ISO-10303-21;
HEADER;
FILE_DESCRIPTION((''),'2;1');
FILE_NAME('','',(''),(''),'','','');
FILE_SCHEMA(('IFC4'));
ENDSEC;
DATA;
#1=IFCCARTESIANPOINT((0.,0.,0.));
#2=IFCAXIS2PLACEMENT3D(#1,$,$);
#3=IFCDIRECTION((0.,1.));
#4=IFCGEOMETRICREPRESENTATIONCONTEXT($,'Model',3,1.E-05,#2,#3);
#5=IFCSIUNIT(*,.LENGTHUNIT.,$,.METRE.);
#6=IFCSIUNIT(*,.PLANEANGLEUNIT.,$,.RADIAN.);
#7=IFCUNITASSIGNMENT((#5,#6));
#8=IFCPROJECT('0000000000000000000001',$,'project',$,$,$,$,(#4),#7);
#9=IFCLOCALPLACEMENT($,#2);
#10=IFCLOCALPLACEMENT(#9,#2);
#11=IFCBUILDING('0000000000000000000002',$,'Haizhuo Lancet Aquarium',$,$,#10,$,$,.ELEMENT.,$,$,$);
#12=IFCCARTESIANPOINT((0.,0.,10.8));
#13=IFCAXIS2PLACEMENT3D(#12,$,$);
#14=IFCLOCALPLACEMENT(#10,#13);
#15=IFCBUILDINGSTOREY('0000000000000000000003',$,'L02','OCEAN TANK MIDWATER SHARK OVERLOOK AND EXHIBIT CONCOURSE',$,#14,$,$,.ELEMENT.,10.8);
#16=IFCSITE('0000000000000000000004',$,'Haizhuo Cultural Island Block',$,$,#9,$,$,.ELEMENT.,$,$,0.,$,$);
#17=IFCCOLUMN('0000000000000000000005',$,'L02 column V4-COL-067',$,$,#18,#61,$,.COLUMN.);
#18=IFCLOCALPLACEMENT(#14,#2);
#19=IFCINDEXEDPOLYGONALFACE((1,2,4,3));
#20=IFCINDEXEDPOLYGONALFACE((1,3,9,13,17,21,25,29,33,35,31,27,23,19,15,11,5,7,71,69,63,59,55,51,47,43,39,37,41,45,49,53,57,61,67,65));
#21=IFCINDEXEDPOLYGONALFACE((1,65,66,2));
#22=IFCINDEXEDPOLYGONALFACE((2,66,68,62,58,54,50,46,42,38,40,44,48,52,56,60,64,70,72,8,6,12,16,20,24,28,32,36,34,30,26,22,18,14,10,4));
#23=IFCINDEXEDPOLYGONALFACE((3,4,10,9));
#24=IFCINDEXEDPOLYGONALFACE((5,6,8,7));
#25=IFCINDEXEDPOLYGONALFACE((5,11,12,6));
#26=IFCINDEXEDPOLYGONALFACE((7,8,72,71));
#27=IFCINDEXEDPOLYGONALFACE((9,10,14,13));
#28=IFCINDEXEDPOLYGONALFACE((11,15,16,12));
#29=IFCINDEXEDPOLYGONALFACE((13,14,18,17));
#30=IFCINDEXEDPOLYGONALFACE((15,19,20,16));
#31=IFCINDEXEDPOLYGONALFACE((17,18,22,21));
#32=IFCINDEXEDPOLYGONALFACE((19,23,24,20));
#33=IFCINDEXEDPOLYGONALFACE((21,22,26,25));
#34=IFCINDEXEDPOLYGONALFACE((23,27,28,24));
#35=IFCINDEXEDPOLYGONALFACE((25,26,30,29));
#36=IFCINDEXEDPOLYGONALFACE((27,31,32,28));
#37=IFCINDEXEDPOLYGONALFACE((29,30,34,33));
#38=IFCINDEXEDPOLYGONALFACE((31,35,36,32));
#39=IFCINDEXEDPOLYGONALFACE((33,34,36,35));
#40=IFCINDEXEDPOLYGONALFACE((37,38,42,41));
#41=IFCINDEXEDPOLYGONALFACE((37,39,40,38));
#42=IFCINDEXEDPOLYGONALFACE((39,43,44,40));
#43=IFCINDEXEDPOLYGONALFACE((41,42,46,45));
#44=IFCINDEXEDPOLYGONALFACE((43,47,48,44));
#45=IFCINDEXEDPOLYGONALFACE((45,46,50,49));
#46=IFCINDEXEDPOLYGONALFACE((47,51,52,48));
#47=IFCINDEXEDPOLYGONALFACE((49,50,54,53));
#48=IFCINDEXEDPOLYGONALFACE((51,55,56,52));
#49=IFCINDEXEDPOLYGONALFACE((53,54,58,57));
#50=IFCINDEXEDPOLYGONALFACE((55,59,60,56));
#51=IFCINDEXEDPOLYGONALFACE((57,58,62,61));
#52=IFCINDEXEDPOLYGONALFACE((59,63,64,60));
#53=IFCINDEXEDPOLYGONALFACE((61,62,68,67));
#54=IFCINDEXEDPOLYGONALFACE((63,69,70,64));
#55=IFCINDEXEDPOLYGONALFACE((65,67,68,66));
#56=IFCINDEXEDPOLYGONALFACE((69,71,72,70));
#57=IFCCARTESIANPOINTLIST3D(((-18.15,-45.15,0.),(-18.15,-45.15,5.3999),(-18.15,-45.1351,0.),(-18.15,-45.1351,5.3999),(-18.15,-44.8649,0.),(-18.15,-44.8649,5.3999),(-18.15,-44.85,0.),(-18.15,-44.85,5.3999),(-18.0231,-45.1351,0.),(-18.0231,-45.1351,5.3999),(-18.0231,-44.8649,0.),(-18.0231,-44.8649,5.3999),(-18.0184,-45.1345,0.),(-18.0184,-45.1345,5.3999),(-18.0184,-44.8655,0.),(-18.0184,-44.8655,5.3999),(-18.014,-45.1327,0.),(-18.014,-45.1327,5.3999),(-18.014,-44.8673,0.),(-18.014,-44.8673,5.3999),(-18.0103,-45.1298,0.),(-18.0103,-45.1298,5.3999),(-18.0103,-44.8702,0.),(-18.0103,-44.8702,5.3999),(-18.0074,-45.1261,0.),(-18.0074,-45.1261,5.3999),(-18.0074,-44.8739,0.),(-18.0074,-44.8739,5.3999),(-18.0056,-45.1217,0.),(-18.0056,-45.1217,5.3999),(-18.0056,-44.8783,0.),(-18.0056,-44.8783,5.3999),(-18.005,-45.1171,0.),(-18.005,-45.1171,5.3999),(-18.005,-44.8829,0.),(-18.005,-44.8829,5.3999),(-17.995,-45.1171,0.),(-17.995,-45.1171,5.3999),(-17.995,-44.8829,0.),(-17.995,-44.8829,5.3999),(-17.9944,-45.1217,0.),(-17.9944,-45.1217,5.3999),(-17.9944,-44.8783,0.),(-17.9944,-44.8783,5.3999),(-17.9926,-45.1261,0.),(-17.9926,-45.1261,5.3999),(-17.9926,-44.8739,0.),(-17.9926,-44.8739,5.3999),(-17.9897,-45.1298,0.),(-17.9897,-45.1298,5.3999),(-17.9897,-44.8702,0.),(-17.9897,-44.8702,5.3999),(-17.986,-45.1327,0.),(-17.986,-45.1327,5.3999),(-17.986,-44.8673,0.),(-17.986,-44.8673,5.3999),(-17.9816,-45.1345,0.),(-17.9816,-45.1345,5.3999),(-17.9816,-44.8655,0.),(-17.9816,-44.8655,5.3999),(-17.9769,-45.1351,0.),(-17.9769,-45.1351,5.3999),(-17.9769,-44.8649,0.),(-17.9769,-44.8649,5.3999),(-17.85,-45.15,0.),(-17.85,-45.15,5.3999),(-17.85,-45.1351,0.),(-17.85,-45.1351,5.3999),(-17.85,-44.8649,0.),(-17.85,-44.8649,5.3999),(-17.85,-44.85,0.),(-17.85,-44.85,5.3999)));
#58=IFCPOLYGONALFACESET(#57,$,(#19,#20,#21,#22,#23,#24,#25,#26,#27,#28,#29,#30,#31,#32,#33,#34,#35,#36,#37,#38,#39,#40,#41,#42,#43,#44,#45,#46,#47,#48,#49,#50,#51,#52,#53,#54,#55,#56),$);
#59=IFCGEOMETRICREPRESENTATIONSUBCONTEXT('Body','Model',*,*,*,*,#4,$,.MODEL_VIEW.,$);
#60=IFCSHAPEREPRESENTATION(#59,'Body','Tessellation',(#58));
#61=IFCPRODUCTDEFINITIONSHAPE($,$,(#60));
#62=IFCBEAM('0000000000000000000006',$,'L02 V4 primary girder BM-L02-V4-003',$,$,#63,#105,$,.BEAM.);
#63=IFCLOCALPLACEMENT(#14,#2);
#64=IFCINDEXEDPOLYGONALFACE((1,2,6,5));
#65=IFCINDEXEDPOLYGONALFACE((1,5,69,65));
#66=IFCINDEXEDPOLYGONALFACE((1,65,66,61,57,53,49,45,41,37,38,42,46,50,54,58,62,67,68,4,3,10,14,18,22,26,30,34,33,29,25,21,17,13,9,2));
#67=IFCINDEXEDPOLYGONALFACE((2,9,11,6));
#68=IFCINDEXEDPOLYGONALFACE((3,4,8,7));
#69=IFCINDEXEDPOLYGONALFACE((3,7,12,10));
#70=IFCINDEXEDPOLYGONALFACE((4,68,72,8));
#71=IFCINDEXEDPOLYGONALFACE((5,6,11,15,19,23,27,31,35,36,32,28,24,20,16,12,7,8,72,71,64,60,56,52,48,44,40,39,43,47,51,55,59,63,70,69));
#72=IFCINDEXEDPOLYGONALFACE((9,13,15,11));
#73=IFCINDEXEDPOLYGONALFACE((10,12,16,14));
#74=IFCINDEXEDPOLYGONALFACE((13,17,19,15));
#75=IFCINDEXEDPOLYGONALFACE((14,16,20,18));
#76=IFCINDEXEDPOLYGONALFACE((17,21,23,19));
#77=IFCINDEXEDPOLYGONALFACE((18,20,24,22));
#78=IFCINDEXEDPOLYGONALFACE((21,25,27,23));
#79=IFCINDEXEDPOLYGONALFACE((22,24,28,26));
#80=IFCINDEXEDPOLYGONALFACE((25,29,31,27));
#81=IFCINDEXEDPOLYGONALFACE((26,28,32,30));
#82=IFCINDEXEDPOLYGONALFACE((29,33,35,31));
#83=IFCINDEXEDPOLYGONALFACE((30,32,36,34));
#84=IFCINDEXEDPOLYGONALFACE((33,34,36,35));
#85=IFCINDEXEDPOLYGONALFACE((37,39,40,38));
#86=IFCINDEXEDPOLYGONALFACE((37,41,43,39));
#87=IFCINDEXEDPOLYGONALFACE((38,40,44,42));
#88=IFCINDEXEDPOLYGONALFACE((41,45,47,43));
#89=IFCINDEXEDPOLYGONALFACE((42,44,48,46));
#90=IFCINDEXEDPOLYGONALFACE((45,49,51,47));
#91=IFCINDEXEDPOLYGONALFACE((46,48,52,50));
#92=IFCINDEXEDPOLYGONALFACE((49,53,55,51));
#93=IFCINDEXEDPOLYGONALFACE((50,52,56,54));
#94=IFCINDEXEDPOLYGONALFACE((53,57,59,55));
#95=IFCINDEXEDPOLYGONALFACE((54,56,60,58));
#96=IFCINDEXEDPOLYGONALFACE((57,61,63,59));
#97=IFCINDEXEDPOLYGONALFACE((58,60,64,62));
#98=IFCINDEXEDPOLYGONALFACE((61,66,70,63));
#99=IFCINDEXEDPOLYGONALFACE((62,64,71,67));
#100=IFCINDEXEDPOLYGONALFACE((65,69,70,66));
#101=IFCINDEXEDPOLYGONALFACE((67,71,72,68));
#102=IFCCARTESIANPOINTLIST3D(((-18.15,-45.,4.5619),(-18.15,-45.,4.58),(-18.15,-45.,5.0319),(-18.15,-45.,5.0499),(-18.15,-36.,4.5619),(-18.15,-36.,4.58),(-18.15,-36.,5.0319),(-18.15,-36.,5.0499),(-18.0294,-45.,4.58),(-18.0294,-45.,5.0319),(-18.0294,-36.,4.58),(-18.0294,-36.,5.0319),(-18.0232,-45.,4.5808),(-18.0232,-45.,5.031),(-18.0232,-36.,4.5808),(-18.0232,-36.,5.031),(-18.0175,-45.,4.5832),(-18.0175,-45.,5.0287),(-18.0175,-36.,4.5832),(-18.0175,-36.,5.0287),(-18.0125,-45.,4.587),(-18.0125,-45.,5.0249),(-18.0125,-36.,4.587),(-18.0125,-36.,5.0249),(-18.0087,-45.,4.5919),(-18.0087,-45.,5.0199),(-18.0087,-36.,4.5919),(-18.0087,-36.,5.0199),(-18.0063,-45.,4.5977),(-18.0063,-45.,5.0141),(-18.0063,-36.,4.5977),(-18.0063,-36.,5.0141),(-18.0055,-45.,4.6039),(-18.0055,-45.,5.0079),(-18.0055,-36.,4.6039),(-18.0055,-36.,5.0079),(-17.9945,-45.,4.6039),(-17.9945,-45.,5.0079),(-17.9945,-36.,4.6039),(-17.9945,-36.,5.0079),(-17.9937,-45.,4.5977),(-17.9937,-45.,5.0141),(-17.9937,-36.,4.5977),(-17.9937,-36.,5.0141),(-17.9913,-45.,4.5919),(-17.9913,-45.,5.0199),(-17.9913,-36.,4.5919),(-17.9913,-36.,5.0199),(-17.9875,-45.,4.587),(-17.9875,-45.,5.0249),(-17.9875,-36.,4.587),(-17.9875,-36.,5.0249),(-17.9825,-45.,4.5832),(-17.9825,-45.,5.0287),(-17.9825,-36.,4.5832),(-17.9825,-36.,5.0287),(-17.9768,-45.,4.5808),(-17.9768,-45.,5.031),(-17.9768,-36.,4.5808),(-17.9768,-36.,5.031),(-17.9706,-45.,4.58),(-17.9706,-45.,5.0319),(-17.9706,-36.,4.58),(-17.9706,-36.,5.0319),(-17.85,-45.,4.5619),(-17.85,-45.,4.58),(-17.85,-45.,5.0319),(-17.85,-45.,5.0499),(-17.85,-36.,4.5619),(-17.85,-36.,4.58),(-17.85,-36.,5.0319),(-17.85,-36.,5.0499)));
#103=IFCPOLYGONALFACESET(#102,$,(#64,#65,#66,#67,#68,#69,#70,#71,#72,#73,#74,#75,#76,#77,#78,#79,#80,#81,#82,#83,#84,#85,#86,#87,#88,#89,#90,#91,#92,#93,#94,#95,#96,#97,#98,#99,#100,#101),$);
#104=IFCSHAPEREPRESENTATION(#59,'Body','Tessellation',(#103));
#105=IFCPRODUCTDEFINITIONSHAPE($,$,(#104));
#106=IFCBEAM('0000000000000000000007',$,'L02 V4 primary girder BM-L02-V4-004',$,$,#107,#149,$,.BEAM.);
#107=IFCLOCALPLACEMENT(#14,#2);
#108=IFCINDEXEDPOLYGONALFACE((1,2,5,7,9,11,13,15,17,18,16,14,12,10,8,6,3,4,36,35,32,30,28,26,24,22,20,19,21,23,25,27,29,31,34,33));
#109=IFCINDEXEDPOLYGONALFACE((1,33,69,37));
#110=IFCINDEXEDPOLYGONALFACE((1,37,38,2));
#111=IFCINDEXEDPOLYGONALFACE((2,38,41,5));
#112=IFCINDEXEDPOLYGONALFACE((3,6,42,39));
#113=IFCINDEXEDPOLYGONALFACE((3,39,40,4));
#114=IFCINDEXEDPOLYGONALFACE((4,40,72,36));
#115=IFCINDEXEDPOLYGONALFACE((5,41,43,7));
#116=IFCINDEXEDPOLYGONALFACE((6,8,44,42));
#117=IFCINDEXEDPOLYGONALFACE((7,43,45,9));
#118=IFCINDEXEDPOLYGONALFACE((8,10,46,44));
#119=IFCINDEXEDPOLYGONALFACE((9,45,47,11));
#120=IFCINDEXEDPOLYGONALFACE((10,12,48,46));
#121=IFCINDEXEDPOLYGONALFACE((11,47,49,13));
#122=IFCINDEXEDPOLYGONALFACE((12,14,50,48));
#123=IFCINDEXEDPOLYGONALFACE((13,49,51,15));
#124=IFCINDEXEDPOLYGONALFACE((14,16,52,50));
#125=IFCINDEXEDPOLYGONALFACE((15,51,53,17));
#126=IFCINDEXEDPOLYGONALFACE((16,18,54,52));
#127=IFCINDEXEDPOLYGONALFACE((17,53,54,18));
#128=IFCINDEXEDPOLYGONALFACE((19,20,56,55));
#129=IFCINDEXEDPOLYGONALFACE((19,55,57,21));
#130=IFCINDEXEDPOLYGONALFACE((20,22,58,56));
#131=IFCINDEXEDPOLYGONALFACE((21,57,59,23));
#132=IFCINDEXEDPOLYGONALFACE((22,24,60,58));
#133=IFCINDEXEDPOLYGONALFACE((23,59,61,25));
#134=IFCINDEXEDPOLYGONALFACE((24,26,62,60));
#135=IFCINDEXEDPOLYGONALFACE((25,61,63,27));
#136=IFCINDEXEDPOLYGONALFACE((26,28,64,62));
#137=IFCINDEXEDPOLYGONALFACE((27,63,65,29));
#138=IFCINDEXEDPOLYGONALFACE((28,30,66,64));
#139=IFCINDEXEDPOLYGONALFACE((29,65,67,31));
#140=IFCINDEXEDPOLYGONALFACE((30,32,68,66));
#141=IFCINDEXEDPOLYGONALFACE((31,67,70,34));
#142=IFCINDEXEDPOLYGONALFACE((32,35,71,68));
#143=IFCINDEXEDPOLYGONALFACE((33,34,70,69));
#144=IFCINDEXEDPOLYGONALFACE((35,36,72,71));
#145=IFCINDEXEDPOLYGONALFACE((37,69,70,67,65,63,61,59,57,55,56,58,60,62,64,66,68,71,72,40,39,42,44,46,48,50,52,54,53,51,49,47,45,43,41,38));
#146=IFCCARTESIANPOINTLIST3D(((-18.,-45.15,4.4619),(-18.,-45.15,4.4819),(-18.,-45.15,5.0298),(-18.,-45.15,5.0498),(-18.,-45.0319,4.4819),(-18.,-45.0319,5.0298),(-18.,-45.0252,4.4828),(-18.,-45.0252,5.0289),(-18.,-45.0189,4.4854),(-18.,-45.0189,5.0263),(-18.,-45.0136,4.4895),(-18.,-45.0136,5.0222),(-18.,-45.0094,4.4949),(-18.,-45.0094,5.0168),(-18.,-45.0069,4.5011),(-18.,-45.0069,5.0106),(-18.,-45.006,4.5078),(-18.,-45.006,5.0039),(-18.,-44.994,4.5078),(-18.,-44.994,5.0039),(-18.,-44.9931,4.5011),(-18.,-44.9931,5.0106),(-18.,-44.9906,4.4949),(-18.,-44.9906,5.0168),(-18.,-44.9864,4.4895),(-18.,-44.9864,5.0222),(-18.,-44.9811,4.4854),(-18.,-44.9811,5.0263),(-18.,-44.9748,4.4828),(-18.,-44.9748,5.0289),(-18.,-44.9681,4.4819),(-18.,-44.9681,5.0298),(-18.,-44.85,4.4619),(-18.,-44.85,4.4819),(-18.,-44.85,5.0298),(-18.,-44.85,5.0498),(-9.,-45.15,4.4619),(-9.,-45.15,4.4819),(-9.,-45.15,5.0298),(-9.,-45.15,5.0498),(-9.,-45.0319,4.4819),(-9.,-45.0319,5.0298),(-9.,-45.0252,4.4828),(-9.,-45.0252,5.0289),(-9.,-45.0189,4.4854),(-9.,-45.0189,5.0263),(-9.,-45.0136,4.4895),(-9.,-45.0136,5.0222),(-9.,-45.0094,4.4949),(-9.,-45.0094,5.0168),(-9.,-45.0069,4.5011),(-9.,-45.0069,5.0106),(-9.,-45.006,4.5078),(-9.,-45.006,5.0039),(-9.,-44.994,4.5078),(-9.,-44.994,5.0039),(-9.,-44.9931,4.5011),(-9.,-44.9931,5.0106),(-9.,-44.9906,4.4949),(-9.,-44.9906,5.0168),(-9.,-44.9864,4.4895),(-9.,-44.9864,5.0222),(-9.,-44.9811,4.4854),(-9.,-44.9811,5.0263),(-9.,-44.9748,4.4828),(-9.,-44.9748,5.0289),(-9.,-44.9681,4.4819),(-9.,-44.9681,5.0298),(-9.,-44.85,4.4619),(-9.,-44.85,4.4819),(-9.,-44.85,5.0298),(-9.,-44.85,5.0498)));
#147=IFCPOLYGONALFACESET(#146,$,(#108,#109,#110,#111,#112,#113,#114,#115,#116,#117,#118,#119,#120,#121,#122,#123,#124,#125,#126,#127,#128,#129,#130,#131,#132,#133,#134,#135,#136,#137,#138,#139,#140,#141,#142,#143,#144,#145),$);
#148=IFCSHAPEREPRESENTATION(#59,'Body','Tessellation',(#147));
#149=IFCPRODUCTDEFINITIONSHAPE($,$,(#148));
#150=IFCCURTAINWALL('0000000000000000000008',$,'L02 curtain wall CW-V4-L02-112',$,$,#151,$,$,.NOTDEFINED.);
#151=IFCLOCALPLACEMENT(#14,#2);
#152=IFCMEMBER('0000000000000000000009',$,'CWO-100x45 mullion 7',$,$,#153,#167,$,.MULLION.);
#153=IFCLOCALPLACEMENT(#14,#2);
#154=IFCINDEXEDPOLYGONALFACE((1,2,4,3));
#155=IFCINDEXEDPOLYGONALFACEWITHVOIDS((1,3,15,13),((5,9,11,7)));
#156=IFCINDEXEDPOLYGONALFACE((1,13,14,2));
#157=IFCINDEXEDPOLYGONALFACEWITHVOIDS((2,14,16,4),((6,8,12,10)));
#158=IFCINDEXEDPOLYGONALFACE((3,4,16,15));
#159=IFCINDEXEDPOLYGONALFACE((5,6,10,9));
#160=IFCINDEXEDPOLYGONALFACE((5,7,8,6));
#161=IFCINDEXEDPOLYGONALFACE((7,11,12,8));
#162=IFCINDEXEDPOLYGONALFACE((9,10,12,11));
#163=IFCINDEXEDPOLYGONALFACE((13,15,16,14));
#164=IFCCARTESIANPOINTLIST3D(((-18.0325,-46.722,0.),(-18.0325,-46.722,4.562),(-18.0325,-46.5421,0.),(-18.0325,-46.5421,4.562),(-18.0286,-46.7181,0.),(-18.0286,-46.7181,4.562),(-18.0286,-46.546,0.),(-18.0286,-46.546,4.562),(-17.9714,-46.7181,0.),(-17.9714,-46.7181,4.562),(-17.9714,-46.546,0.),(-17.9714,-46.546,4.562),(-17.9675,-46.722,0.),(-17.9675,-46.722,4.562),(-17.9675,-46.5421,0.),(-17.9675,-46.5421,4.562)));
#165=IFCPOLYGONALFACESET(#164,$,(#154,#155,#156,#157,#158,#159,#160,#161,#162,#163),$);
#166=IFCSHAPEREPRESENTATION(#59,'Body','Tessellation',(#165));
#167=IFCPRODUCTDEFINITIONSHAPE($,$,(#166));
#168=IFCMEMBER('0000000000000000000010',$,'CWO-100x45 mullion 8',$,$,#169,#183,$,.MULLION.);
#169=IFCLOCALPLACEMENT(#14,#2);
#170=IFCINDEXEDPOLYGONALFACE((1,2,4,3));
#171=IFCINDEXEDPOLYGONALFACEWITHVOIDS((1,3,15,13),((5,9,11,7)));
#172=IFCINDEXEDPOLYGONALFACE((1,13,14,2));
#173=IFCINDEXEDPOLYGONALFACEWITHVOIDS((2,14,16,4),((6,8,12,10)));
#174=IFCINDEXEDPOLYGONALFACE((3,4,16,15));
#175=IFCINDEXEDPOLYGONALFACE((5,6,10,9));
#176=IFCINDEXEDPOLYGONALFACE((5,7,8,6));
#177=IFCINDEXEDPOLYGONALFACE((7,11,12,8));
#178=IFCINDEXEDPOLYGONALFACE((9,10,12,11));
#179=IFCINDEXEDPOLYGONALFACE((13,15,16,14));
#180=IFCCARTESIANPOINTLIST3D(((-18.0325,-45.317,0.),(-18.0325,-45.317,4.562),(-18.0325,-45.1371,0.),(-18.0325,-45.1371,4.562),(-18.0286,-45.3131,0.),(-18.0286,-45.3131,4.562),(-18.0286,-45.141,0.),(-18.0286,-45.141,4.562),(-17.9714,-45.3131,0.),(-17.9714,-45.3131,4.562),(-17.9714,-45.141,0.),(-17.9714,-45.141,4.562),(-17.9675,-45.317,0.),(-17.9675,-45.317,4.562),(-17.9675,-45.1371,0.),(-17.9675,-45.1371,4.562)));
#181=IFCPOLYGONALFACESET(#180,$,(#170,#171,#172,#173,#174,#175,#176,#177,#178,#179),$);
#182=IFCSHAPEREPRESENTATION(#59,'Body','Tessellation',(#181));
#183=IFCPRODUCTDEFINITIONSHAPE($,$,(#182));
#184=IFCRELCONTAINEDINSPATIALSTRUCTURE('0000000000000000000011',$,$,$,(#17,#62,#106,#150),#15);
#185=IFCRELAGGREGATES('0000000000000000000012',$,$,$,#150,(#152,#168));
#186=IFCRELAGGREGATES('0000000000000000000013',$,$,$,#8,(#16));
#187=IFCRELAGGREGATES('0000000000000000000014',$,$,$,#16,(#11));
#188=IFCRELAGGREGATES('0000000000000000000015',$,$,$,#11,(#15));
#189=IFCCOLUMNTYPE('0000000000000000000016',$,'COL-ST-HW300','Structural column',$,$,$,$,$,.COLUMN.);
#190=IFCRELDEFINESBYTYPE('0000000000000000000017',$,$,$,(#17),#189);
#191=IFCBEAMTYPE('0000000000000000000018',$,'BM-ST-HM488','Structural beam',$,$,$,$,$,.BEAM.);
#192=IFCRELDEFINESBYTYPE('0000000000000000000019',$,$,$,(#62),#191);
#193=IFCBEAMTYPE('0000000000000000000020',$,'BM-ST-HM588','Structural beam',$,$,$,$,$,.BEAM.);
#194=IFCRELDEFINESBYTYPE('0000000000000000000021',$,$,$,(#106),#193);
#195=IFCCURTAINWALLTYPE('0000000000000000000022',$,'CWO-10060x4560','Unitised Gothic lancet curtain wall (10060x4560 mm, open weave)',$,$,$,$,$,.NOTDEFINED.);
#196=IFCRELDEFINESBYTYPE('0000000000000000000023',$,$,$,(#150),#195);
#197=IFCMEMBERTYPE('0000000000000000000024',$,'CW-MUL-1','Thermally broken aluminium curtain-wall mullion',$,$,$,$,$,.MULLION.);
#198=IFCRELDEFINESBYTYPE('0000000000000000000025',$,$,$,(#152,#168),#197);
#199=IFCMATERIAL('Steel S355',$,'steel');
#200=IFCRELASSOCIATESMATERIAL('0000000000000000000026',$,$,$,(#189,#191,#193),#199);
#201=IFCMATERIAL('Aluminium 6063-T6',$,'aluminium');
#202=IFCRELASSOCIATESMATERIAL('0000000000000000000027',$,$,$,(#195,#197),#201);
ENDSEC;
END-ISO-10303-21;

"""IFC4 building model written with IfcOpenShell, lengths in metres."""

from ifc_helpers import new_model, si_unit, direction, frame, origin, origin_2d, place, context, subcontext, project, spatial, hollow_rectangle, i_section, extrude, material, material_profile, profile_set, type_object, element, aggregate, save


model = new_model("IFC4")

# Units and contexts
model_context = context("Model", 3, precision=1e-05, world=origin(), true_north=direction((0.0, 1.0)))
body_context = subcontext(model_context, "Body", "Model", "MODEL_VIEW")
ifc_project = project(units=[si_unit("LENGTHUNIT", "METRE"), si_unit("PLANEANGLEUNIT", "RADIAN")], contexts=[model_context])

# Site, building, storey
site_placement = place(None, origin())
site = spatial("IfcSite", under=ifc_project, at=site_placement, Name="Haizhuo Cultural Island Block", CompositionType="ELEMENT", RefElevation=0.0)
building_placement = place(site_placement, origin())
building = spatial("IfcBuilding", under=site, at=building_placement, Name="Haizhuo Lancet Aquarium", CompositionType="ELEMENT")
storey_placement = place(building_placement, frame((0.0, 0.0, 10.8)))
storey = spatial("IfcBuildingStorey", under=building, at=storey_placement, Name="L02", Description="OCEAN TANK MIDWATER SHARK OVERLOOK AND EXHIBIT CONCOURSE", CompositionType="ELEMENT", Elevation=10.8)

# Column
ifc_material_1 = material(Name="Steel S355", Category="steel")
ifc_material_profile_1 = material_profile(ifc_material_1, i_section(OverallWidth=0.3, OverallDepth=0.3, WebThickness=0.01, FlangeThickness=0.0149, FilletRadius=0.0181, at=origin_2d()), Name="HW 300x300x10x15")
ifc_profile_set_1 = profile_set([ifc_material_profile_1], Name="Steel S355")
column_type = type_object("IfcColumnType", Name="COL-ST-HW300", Description="Structural column", PredefinedType="COLUMN", material=ifc_profile_set_1)
column_placement = place(storey_placement, frame((-18.0, -45.0, 0.0), z_axis=(0.0, 0.0, 1.0), x_axis=(1.0, 0.0, 0.0)))
element("IfcColumn", 1, at=column_placement, inside=storey, type_object=column_type, Name="L02 column V4-COL-067", PredefinedType="COLUMN", context=body_context, shape_type="SweptSolid", body=[
    extrude(i_section(OverallWidth=0.3, OverallDepth=0.3, WebThickness=0.01, FlangeThickness=0.0149, FilletRadius=0.0181, at=origin_2d()), origin(), (0.0, 0.0, 1.0), 5.3999),
])

# Beams
ifc_material_profile_2 = material_profile(ifc_material_1, i_section(OverallWidth=0.3, OverallDepth=0.488, WebThickness=0.011, FlangeThickness=0.0181, FilletRadius=0.0239, at=origin_2d()), Name="HM 488x300x11x18")
ifc_profile_set_2 = profile_set([ifc_material_profile_2], Name="Steel S355")
beam_type_1 = type_object("IfcBeamType", Name="BM-ST-HM488", Description="Structural beam", PredefinedType="BEAM", material=ifc_profile_set_2)
beam_1_placement = place(storey_placement, frame((-18.0, -45.0, 4.8059), z_axis=(0.0, 1.0, 0.0), x_axis=(-1.0, 0.0, 0.0)))
element("IfcBeam", 2, at=beam_1_placement, inside=storey, type_object=beam_type_1, Name="L02 V4 primary girder BM-L02-V4-003", PredefinedType="BEAM", context=body_context, shape_type="SweptSolid", body=[
    extrude(i_section(OverallWidth=0.3, OverallDepth=0.488, WebThickness=0.011, FlangeThickness=0.0181, FilletRadius=0.0239, at=origin_2d()), origin(), (0.0, 0.0, 1.0), 9.0),
])
ifc_material_profile_3 = material_profile(ifc_material_1, i_section(OverallWidth=0.3, OverallDepth=0.5879, WebThickness=0.012, FlangeThickness=0.02, FilletRadius=0.0259, at=origin_2d()), Name="HM 588x300x12x20")
ifc_profile_set_3 = profile_set([ifc_material_profile_3], Name="Steel S355")
beam_type_2 = type_object("IfcBeamType", Name="BM-ST-HM588", Description="Structural beam", PredefinedType="BEAM", material=ifc_profile_set_3)
beam_2_placement = place(storey_placement, frame((-18.0, -45.0, 4.7559), z_axis=(1.0, 0.0, 0.0), x_axis=(0.0, 1.0, 0.0)))
element("IfcBeam", 3, at=beam_2_placement, inside=storey, type_object=beam_type_2, Name="L02 V4 primary girder BM-L02-V4-004", PredefinedType="BEAM", context=body_context, shape_type="SweptSolid", body=[
    extrude(i_section(OverallWidth=0.3, OverallDepth=0.5879, WebThickness=0.012, FlangeThickness=0.02, FilletRadius=0.0259, at=origin_2d()), origin(), (0.0, 0.0, 1.0), 9.0),
])

# Curtain wall, members
ifc_material_2 = material(Name="Aluminium 6063-T6", Category="aluminium")
curtain_wall_type = type_object("IfcCurtainWallType", Name="CWO-10060x4560", Description="Unitised Gothic lancet curtain wall (10060x4560 mm, open weave)", PredefinedType="NOTDEFINED", material=ifc_material_2)
curtain_wall_placement = place(storey_placement, origin())
curtain_wall = element("IfcCurtainWall", 4, at=curtain_wall_placement, inside=storey, type_object=curtain_wall_type, Name="L02 curtain wall CW-V4-L02-112", PredefinedType="NOTDEFINED")
ifc_material_profile_4 = material_profile(ifc_material_2, hollow_rectangle(XDim=0.0649, YDim=0.1799, WallThickness=0.0039, at=origin_2d()), Name="ALU-M 65x180x4")
ifc_profile_set_4 = profile_set([ifc_material_profile_4], Name="Aluminium 6063-T6")
member_type_1 = type_object("IfcMemberType", Name="CW-MUL-1", Description="Thermally broken aluminium curtain-wall mullion", PredefinedType="MULLION", material=ifc_profile_set_4)
member_1_placement = place(storey_placement, frame((-18.0, -46.6321, 0.0), z_axis=(0.0, 0.0, 1.0), x_axis=(-1.0, 0.0, 0.0)))
member_1 = element("IfcMember", 5, at=member_1_placement, type_object=member_type_1, Name="CWO-100x45 mullion 7", PredefinedType="MULLION", context=body_context, shape_type="SweptSolid", body=[
    extrude(hollow_rectangle(XDim=0.0649, YDim=0.1799, WallThickness=0.0039, at=origin_2d()), origin(), (0.0, 0.0, 1.0), 4.562),
])
member_2_placement = place(storey_placement, frame((-18.0, -45.2271, 0.0), z_axis=(0.0, 0.0, 1.0), x_axis=(-1.0, 0.0, 0.0)))
member_2 = element("IfcMember", 6, at=member_2_placement, type_object=member_type_1, Name="CWO-100x45 mullion 8", PredefinedType="MULLION", context=body_context, shape_type="SweptSolid", body=[
    extrude(hollow_rectangle(XDim=0.0649, YDim=0.1799, WallThickness=0.0039, at=origin_2d()), origin(), (0.0, 0.0, 1.0), 4.562),
])

aggregate(curtain_wall, [member_1, member_2])

save(model, "model.ifc")
